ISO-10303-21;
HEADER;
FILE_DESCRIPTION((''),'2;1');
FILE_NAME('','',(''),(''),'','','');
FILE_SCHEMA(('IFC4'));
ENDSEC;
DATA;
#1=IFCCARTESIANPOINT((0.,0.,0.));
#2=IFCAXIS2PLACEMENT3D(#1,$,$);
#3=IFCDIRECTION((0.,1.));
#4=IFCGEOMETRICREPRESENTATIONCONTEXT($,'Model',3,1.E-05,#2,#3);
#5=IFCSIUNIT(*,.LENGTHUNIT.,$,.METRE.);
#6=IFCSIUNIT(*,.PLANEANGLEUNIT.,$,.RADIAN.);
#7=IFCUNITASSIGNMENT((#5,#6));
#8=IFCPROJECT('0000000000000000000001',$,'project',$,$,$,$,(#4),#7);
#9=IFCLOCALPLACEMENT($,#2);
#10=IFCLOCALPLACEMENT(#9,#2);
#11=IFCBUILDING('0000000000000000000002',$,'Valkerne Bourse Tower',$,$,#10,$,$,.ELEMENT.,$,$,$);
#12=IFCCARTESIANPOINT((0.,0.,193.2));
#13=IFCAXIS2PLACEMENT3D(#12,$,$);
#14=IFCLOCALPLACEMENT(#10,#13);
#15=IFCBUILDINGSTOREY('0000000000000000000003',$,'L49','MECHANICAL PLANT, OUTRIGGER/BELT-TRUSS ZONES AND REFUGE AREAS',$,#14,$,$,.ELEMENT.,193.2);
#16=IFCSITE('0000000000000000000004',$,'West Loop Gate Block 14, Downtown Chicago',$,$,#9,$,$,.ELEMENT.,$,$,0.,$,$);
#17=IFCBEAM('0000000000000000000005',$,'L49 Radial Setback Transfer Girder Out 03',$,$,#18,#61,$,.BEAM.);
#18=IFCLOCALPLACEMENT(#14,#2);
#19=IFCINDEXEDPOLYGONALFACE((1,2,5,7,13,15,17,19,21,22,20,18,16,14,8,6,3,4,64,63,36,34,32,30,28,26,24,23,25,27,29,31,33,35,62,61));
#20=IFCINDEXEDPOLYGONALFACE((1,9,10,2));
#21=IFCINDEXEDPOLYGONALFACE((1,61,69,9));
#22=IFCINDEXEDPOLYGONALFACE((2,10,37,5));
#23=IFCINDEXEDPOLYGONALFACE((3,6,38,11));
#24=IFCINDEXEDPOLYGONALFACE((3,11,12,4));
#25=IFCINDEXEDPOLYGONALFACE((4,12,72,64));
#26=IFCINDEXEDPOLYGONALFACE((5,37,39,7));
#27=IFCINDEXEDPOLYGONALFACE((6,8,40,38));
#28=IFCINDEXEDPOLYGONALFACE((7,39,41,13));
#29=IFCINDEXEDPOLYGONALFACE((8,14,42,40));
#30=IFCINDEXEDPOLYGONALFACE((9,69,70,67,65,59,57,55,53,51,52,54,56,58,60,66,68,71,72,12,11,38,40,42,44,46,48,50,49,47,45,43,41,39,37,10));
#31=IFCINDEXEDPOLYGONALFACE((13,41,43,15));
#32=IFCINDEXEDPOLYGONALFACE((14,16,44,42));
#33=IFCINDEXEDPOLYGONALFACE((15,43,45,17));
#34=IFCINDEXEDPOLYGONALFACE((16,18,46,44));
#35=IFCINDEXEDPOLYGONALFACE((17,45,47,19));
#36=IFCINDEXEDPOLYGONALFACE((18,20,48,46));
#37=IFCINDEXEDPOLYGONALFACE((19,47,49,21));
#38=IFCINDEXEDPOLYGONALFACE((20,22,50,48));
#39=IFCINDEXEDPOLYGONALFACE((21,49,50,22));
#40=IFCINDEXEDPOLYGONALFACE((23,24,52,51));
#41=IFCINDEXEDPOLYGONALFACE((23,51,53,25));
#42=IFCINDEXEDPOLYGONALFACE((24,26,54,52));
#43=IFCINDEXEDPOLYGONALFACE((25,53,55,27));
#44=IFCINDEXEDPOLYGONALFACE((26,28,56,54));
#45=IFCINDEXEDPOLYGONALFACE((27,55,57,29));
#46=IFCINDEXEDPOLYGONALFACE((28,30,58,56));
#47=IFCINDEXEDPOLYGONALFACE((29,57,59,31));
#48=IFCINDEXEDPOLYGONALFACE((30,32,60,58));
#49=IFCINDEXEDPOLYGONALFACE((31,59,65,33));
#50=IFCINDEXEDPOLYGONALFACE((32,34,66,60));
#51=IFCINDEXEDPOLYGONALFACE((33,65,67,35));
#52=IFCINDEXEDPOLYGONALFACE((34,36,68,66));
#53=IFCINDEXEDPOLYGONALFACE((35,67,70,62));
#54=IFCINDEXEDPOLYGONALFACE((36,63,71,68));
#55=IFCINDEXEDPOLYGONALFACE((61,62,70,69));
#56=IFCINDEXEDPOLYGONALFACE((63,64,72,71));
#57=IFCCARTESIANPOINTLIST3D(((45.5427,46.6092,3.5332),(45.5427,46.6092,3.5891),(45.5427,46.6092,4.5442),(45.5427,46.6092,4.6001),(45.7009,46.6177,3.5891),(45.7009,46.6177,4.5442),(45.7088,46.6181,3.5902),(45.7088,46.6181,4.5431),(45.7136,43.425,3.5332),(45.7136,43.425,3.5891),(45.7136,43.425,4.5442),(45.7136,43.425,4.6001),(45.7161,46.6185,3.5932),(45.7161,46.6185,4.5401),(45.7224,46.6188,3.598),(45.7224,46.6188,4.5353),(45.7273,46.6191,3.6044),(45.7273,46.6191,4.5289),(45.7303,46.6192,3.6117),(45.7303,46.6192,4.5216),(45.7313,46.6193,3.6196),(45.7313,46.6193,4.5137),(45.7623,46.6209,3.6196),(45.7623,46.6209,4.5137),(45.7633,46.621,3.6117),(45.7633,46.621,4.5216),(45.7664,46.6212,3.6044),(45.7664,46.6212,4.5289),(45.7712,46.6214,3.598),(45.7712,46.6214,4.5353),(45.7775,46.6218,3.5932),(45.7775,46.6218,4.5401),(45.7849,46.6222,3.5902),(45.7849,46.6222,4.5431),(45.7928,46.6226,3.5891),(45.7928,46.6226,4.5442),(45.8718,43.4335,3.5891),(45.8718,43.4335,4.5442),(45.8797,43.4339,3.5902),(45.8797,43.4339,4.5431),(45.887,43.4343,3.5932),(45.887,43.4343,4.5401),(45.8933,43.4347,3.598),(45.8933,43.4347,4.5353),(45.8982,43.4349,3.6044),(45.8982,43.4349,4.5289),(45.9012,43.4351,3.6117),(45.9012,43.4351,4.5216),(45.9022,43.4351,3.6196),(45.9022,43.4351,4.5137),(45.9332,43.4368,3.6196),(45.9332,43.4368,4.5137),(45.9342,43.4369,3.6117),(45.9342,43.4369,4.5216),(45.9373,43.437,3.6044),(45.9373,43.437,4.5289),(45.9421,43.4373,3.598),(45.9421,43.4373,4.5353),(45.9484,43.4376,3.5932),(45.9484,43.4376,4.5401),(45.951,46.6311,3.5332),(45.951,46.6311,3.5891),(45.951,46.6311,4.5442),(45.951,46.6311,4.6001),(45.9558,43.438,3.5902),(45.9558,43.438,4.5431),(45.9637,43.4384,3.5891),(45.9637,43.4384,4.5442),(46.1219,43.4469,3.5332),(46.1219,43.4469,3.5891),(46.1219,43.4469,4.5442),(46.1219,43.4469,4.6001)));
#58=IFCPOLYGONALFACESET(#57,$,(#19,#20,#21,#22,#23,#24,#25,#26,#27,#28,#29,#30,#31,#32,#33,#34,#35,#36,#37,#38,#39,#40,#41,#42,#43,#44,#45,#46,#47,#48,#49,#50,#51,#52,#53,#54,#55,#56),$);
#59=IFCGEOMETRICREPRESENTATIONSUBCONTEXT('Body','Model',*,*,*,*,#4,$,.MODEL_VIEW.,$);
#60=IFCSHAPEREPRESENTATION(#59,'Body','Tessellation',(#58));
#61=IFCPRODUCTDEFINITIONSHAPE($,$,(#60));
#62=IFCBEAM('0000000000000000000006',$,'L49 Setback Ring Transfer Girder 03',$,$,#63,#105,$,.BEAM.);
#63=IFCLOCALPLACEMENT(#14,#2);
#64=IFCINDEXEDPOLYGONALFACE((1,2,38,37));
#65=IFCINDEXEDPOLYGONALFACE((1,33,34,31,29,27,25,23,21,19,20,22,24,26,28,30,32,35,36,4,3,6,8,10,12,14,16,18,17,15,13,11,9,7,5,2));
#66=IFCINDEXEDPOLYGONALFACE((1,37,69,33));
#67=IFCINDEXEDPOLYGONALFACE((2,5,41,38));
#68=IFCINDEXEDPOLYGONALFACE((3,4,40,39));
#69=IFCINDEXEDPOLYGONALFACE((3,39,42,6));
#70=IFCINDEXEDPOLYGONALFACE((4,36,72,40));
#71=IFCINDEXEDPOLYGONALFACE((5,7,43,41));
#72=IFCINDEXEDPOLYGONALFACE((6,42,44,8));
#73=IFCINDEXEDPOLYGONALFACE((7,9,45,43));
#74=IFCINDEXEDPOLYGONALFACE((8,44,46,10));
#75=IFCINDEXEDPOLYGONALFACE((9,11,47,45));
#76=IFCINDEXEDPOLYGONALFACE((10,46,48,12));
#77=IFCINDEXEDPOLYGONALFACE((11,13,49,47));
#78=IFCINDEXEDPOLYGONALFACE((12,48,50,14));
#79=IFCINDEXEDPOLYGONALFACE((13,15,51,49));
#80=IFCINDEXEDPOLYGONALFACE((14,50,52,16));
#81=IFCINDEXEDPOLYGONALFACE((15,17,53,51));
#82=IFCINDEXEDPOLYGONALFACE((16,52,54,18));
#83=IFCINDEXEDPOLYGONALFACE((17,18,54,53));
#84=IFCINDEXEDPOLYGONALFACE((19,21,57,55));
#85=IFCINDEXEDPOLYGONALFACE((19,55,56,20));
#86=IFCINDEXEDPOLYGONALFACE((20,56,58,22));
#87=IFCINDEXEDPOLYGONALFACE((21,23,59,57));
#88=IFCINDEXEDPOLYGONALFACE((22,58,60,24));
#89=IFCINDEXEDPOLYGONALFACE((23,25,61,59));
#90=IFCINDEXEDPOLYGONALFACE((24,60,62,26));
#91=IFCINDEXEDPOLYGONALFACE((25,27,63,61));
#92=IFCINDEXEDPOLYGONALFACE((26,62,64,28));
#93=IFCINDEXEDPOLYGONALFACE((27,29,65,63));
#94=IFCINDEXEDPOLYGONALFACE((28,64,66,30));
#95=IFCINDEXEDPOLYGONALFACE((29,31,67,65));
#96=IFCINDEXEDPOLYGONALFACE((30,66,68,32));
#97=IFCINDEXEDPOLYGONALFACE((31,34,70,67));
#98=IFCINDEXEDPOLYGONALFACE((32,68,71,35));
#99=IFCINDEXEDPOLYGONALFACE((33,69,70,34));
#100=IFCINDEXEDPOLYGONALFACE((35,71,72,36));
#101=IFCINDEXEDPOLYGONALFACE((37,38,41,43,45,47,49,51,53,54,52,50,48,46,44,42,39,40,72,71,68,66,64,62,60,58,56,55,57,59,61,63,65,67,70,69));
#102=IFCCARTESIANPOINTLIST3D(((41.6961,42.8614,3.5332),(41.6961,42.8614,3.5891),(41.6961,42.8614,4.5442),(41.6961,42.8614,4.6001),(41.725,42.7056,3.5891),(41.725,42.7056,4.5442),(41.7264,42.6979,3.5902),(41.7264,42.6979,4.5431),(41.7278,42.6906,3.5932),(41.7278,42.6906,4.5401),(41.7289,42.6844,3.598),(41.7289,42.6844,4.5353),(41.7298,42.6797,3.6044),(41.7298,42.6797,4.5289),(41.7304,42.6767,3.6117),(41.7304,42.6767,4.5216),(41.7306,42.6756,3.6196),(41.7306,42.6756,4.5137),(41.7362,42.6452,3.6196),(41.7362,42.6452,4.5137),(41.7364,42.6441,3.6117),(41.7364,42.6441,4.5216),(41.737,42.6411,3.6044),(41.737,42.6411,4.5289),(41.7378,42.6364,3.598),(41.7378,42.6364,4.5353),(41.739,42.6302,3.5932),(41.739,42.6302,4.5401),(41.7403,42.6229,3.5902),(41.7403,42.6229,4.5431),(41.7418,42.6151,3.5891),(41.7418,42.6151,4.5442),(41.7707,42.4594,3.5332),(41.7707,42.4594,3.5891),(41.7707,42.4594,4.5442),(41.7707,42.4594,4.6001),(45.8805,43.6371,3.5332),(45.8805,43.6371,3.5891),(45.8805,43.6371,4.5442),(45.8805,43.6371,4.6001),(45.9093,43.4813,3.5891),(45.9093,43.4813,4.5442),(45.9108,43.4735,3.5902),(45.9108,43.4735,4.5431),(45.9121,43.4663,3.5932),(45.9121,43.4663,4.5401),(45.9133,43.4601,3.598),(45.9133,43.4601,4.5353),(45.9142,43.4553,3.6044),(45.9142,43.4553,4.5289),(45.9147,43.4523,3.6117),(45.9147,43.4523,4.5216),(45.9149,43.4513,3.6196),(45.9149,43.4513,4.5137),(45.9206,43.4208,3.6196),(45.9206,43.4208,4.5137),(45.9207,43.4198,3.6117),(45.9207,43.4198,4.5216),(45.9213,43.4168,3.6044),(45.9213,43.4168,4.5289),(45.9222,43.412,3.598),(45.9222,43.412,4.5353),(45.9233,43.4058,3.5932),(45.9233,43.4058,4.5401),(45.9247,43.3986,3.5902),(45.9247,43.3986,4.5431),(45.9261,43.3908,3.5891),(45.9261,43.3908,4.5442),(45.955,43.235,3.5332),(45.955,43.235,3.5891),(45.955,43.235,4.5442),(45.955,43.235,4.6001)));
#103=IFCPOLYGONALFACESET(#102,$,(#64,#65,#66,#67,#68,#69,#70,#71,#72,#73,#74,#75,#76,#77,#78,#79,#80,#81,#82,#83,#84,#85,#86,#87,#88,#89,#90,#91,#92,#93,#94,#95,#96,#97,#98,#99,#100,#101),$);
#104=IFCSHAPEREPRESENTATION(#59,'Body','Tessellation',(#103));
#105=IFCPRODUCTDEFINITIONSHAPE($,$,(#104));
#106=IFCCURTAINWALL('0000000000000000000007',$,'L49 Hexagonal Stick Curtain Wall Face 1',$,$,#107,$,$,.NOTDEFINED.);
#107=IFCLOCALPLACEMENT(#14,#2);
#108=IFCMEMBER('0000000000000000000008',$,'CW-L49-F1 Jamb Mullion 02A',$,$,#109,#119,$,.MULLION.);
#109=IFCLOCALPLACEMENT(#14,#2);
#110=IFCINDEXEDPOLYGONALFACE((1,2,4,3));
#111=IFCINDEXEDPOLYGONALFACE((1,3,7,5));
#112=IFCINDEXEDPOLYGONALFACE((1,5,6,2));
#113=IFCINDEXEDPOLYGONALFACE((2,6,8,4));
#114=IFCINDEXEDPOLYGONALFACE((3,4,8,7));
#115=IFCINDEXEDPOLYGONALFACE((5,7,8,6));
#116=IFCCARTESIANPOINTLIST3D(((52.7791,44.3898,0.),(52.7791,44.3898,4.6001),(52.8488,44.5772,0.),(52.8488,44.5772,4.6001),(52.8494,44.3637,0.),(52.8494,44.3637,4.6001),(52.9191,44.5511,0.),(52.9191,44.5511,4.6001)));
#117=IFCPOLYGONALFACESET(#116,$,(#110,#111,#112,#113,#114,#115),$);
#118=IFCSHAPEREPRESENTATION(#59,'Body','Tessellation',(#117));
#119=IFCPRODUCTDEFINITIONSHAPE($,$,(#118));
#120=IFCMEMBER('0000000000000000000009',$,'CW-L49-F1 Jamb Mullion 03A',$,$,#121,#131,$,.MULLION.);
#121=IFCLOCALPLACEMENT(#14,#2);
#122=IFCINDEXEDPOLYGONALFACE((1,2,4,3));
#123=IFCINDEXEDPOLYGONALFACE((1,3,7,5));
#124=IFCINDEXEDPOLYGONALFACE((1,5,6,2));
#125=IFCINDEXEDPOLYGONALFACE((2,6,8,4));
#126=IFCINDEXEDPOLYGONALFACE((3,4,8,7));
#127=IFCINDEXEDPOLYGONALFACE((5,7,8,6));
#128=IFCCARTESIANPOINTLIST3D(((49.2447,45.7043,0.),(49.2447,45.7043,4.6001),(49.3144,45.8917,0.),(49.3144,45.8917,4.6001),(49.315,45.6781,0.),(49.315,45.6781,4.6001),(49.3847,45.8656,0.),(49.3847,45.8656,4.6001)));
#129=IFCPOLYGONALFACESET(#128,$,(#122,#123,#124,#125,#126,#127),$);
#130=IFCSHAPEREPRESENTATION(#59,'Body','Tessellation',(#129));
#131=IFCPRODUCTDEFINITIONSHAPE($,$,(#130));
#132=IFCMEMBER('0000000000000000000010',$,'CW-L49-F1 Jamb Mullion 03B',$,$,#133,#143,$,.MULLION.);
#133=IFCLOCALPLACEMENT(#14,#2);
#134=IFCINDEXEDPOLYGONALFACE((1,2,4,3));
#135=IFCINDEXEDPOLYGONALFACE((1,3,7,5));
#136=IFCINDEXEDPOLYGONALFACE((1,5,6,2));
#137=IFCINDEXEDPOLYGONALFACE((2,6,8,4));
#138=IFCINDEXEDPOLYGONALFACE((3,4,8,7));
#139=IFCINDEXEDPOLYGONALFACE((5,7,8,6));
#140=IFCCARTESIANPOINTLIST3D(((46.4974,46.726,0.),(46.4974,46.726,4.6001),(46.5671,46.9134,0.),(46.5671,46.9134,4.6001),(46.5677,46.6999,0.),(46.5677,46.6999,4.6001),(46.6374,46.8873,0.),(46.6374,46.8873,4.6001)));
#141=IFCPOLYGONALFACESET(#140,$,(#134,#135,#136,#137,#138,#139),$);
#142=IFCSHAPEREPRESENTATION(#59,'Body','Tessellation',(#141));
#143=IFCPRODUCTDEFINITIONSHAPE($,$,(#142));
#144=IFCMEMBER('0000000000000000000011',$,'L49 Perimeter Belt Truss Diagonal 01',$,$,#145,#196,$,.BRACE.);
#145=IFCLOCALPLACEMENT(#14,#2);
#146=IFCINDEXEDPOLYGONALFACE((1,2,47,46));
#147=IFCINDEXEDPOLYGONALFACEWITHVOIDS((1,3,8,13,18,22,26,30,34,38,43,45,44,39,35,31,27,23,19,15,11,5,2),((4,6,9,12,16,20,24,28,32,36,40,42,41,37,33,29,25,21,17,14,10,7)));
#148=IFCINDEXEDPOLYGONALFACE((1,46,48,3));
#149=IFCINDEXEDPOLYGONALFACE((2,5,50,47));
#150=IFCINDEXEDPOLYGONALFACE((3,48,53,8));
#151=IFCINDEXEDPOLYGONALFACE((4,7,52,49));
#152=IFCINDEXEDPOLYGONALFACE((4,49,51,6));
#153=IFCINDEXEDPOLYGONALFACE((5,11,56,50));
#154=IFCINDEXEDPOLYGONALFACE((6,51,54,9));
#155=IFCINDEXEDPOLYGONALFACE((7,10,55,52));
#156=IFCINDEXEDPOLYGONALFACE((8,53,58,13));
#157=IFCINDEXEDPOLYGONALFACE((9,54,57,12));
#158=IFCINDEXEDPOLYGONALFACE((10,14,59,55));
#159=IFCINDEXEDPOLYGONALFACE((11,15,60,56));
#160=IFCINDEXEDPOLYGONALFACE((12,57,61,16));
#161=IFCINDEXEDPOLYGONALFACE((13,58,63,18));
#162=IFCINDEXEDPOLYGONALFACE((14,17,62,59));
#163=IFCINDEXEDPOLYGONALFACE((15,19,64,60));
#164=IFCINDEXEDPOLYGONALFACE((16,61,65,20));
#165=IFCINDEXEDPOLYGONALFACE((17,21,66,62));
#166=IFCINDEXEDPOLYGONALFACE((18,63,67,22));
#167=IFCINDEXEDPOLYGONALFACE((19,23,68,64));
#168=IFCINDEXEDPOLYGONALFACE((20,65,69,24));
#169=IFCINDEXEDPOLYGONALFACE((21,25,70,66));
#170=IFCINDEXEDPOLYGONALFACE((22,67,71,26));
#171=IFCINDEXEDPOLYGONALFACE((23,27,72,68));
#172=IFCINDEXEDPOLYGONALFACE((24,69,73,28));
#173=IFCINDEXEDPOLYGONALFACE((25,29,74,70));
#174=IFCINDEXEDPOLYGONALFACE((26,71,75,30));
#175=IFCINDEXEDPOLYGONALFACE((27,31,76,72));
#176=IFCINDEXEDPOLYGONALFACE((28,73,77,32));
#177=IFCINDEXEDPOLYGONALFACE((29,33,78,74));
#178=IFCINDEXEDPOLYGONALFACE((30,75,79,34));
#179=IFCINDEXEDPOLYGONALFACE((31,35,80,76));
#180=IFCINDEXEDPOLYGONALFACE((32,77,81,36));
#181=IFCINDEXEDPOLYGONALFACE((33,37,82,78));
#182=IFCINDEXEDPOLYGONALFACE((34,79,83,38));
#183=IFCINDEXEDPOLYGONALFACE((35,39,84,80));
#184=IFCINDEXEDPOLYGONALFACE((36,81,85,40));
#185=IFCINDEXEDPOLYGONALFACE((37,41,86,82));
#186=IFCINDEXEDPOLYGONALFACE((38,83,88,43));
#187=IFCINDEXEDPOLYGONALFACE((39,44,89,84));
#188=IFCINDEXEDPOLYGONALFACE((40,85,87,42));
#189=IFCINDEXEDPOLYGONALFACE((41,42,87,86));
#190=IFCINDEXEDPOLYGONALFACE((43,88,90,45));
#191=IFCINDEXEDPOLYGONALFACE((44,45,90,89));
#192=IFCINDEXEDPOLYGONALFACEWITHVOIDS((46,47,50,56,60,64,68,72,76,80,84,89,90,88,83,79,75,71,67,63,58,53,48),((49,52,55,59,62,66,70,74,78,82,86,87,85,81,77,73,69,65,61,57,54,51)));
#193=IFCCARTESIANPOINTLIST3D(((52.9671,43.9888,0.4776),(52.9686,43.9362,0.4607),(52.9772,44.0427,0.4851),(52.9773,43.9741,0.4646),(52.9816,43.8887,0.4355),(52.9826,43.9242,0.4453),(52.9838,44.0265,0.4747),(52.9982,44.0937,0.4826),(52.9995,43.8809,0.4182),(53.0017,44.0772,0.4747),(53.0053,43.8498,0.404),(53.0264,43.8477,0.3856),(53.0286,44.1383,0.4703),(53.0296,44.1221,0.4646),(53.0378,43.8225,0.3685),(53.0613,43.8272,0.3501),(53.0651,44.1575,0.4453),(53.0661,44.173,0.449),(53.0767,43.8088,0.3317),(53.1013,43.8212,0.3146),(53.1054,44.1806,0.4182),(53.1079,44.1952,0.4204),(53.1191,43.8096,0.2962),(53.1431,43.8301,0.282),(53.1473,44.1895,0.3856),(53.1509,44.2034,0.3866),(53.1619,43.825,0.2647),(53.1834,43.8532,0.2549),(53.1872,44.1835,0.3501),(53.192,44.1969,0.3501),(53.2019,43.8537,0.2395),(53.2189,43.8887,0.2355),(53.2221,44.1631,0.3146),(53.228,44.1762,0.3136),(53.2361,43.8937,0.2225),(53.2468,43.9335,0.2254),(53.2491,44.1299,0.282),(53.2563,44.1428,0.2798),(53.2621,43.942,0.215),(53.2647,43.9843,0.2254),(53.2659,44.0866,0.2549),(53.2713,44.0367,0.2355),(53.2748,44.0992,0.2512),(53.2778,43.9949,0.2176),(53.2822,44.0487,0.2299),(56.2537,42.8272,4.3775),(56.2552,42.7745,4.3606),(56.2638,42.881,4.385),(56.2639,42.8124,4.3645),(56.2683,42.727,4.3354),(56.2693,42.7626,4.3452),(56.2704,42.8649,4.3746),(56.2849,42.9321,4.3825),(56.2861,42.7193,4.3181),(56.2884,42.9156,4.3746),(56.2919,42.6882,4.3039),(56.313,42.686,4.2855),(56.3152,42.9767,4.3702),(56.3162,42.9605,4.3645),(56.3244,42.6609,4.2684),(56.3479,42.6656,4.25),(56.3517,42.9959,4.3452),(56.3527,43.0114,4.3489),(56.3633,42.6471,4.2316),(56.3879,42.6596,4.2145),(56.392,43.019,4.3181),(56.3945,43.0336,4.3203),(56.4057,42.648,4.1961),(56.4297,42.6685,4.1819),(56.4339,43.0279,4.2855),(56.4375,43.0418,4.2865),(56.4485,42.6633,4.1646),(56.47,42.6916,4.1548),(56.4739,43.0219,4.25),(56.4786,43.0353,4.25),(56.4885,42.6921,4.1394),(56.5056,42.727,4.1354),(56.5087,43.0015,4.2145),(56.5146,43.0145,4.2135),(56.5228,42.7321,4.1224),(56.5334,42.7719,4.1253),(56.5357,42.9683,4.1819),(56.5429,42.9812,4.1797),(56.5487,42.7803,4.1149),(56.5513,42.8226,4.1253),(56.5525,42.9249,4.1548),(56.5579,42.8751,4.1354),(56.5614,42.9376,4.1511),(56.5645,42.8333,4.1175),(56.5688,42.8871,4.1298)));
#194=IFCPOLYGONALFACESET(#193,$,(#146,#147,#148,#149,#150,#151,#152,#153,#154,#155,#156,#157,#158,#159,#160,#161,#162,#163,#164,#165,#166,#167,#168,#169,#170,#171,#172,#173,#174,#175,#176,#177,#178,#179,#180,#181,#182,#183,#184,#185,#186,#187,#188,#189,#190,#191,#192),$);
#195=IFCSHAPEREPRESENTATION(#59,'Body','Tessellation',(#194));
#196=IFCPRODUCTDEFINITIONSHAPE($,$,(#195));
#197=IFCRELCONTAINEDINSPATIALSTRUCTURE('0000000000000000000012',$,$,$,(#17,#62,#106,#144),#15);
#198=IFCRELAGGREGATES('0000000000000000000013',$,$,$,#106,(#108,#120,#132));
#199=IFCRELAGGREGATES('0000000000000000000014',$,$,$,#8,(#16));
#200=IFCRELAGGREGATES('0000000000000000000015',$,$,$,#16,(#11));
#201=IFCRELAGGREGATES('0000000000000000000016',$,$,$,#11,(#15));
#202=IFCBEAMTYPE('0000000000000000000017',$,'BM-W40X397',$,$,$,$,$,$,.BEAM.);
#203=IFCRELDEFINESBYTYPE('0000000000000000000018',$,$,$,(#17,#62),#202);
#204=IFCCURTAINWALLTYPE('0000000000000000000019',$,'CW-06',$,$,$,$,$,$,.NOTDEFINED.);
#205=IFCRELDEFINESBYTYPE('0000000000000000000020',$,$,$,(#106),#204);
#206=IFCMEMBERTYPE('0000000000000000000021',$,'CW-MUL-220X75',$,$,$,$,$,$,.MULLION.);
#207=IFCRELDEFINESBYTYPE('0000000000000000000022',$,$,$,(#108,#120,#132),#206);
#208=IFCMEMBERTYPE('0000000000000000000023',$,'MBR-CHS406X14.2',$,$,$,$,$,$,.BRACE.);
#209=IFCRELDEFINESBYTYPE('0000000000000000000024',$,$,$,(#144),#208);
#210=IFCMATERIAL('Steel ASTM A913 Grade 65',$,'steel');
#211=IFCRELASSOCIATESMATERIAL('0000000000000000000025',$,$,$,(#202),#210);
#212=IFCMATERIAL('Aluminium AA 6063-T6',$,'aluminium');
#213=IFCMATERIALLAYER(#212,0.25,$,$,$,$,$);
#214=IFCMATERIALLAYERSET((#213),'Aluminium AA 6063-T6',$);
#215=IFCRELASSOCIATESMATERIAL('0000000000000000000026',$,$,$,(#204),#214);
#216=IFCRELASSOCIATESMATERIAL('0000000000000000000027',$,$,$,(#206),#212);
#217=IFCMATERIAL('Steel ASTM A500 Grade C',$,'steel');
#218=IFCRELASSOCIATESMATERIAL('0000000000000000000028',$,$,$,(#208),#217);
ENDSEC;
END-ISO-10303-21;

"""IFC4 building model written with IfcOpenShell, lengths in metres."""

from ifc_helpers import new_model, si_unit, direction, frame, origin, origin_2d, place, context, subcontext, project, spatial, rectangle, hollow_circle, i_section, extrude, material, layer, layer_set, material_profile, profile_set, type_object, element, aggregate, save


model = new_model("IFC4")

# Units and contexts
model_context = context("Model", 3, precision=1e-05, world=origin(), true_north=direction((0.0, 1.0)))
body_context = subcontext(model_context, "Body", "Model", "MODEL_VIEW")
ifc_project = project(units=[si_unit("LENGTHUNIT", "METRE"), si_unit("PLANEANGLEUNIT", "RADIAN")], contexts=[model_context])

# Site, building, storey
site_placement = place(None, origin())
site = spatial("IfcSite", under=ifc_project, at=site_placement, Name="West Loop Gate Block 14, Downtown Chicago", CompositionType="ELEMENT", RefElevation=0.0)
building_placement = place(site_placement, origin())
building = spatial("IfcBuilding", under=site, at=building_placement, Name="Valkerne Bourse Tower", CompositionType="ELEMENT")
storey_placement = place(building_placement, frame((0.0, 0.0, 193.2)))
storey = spatial("IfcBuildingStorey", under=building, at=storey_placement, Name="L49", Description="MECHANICAL PLANT, OUTRIGGER/BELT-TRUSS ZONES AND REFUGE AREAS", CompositionType="ELEMENT", Elevation=193.2)

# Shared definitions
ifc_material_1 = material(Name="Steel ASTM A913 Grade 65", Category="steel")

# Beams
ifc_material_profile_1 = material_profile(ifc_material_1, i_section(OverallWidth=0.4089, OverallDepth=1.0669, WebThickness=0.031, FlangeThickness=0.0559, FilletRadius=0.0305, at=origin_2d()), Name="W40X397")
ifc_profile_set_1 = profile_set([ifc_material_profile_1], Name="Steel ASTM A913 Grade 65")
beam_type_1 = type_object("IfcBeamType", Name="BM-W40X397", PredefinedType="BEAM", material=ifc_profile_set_1)
beam_1_placement = place(storey_placement, frame((45.7468, 46.6201, 4.0667), z_axis=(0.053596, -0.998563, 0.0), x_axis=(0.998563, 0.053596, 0.0)))
element("IfcBeam", 1, at=beam_1_placement, inside=storey, type_object=beam_type_1, Name="L49 Radial Setback Transfer Girder Out 03", PredefinedType="BEAM", context=body_context, shape_type="SweptSolid", body=[
    extrude(i_section(OverallWidth=0.4089, OverallDepth=1.0669, WebThickness=0.031, FlangeThickness=0.0559, FilletRadius=0.0305, at=origin_2d()), origin(), (0.0, 0.0, 1.0), 3.1887),
])
beam_2_placement = place(storey_placement, frame((45.9177, 43.436, 4.0667), z_axis=(-0.98325, -0.182262, 0.0), x_axis=(0.182262, -0.98325, 0.0)))
element("IfcBeam", 2, at=beam_2_placement, inside=storey, type_object=beam_type_1, Name="L49 Setback Ring Transfer Girder 03", PredefinedType="BEAM", context=body_context, shape_type="SweptSolid", body=[
    extrude(i_section(OverallWidth=0.4089, OverallDepth=1.0669, WebThickness=0.031, FlangeThickness=0.0559, FilletRadius=0.0305, at=origin_2d()), origin(), (0.0, 0.0, 1.0), 4.2556),
])

# Curtain wall, members
ifc_material_2 = material(Name="Aluminium AA 6063-T6", Category="aluminium")
ifc_layer_1 = layer(ifc_material_2, 0.25)
ifc_layer_set_1 = layer_set([ifc_layer_1], Name="Aluminium AA 6063-T6")
curtain_wall_type = type_object("IfcCurtainWallType", Name="CW-06", PredefinedType="NOTDEFINED", material=ifc_layer_set_1)
curtain_wall_placement = place(storey_placement, origin())
curtain_wall = element("IfcCurtainWall", 3, at=curtain_wall_placement, inside=storey, type_object=curtain_wall_type, Name="L49 Hexagonal Stick Curtain Wall Face 1", PredefinedType="NOTDEFINED")
ifc_material_profile_2 = material_profile(ifc_material_2, rectangle(XDim=0.075, YDim=0.2, at=origin_2d()), Name="CWM-75X200")
ifc_profile_set_2 = profile_set([ifc_material_profile_2], Name="Aluminium AA 6063-T6")
member_type_1 = type_object("IfcMemberType", Name="CW-MUL-220X75", PredefinedType="MULLION", material=ifc_profile_set_2)
member_1_placement = place(storey_placement, frame((52.8491, 44.4705, 0.0), z_axis=(0.0, 0.0, 1.0), x_axis=(-0.937279, 0.348579, 0.0)))
member_1 = element("IfcMember", 4, at=member_1_placement, type_object=member_type_1, Name="CW-L49-F1 Jamb Mullion 02A", PredefinedType="MULLION", context=body_context, shape_type="SweptSolid", body=[
    extrude(rectangle(XDim=0.075, YDim=0.2, at=origin_2d()), origin(), (0.0, 0.0, 1.0), 4.6001),
])
member_2_placement = place(storey_placement, frame((49.3147, 45.7849, 0.0), z_axis=(0.0, 0.0, 1.0), x_axis=(-0.937279, 0.348579, 0.0)))
member_2 = element("IfcMember", 5, at=member_2_placement, type_object=member_type_1, Name="CW-L49-F1 Jamb Mullion 03A", PredefinedType="MULLION", context=body_context, shape_type="SweptSolid", body=[
    extrude(rectangle(XDim=0.075, YDim=0.2, at=origin_2d()), origin(), (0.0, 0.0, 1.0), 4.6001),
])
member_3_placement = place(storey_placement, frame((46.5674, 46.8066, 0.0), z_axis=(0.0, 0.0, 1.0), x_axis=(-0.937279, 0.348579, 0.0)))
member_3 = element("IfcMember", 6, at=member_3_placement, type_object=member_type_1, Name="CW-L49-F1 Jamb Mullion 03B", PredefinedType="MULLION", context=body_context, shape_type="SweptSolid", body=[
    extrude(rectangle(XDim=0.075, YDim=0.2, at=origin_2d()), origin(), (0.0, 0.0, 1.0), 4.6001),
])

# Member
ifc_material_3 = material(Name="Steel ASTM A500 Grade C", Category="steel")
ifc_material_profile_3 = material_profile(ifc_material_3, hollow_circle(Radius=0.2031, WallThickness=0.0142, at=origin_2d()), Name="CHS406X14.2")
ifc_profile_set_3 = profile_set([ifc_material_profile_3], Name="Steel ASTM A500 Grade C")
member_type_2 = type_object("IfcMemberType", Name="MBR-CHS406X14.2", PredefinedType="BRACE", material=ifc_profile_set_3)
member_4_placement = place(storey_placement, frame((53.1243, 44.0054, 0.3501), z_axis=(0.62833, -0.222077, 0.745576), x_axis=(0.333238, 0.942843, 0.0)))
element("IfcMember", 7, at=member_4_placement, inside=storey, type_object=member_type_2, Name="L49 Perimeter Belt Truss Diagonal 01", PredefinedType="BRACE", context=body_context, shape_type="SweptSolid", body=[
    extrude(hollow_circle(Radius=0.2031, WallThickness=0.0142, at=origin_2d()), origin(), (0.0, 0.0, 1.0), 5.2307),
])

aggregate(curtain_wall, [member_1, member_2, member_3])

save(model, "model.ifc")
